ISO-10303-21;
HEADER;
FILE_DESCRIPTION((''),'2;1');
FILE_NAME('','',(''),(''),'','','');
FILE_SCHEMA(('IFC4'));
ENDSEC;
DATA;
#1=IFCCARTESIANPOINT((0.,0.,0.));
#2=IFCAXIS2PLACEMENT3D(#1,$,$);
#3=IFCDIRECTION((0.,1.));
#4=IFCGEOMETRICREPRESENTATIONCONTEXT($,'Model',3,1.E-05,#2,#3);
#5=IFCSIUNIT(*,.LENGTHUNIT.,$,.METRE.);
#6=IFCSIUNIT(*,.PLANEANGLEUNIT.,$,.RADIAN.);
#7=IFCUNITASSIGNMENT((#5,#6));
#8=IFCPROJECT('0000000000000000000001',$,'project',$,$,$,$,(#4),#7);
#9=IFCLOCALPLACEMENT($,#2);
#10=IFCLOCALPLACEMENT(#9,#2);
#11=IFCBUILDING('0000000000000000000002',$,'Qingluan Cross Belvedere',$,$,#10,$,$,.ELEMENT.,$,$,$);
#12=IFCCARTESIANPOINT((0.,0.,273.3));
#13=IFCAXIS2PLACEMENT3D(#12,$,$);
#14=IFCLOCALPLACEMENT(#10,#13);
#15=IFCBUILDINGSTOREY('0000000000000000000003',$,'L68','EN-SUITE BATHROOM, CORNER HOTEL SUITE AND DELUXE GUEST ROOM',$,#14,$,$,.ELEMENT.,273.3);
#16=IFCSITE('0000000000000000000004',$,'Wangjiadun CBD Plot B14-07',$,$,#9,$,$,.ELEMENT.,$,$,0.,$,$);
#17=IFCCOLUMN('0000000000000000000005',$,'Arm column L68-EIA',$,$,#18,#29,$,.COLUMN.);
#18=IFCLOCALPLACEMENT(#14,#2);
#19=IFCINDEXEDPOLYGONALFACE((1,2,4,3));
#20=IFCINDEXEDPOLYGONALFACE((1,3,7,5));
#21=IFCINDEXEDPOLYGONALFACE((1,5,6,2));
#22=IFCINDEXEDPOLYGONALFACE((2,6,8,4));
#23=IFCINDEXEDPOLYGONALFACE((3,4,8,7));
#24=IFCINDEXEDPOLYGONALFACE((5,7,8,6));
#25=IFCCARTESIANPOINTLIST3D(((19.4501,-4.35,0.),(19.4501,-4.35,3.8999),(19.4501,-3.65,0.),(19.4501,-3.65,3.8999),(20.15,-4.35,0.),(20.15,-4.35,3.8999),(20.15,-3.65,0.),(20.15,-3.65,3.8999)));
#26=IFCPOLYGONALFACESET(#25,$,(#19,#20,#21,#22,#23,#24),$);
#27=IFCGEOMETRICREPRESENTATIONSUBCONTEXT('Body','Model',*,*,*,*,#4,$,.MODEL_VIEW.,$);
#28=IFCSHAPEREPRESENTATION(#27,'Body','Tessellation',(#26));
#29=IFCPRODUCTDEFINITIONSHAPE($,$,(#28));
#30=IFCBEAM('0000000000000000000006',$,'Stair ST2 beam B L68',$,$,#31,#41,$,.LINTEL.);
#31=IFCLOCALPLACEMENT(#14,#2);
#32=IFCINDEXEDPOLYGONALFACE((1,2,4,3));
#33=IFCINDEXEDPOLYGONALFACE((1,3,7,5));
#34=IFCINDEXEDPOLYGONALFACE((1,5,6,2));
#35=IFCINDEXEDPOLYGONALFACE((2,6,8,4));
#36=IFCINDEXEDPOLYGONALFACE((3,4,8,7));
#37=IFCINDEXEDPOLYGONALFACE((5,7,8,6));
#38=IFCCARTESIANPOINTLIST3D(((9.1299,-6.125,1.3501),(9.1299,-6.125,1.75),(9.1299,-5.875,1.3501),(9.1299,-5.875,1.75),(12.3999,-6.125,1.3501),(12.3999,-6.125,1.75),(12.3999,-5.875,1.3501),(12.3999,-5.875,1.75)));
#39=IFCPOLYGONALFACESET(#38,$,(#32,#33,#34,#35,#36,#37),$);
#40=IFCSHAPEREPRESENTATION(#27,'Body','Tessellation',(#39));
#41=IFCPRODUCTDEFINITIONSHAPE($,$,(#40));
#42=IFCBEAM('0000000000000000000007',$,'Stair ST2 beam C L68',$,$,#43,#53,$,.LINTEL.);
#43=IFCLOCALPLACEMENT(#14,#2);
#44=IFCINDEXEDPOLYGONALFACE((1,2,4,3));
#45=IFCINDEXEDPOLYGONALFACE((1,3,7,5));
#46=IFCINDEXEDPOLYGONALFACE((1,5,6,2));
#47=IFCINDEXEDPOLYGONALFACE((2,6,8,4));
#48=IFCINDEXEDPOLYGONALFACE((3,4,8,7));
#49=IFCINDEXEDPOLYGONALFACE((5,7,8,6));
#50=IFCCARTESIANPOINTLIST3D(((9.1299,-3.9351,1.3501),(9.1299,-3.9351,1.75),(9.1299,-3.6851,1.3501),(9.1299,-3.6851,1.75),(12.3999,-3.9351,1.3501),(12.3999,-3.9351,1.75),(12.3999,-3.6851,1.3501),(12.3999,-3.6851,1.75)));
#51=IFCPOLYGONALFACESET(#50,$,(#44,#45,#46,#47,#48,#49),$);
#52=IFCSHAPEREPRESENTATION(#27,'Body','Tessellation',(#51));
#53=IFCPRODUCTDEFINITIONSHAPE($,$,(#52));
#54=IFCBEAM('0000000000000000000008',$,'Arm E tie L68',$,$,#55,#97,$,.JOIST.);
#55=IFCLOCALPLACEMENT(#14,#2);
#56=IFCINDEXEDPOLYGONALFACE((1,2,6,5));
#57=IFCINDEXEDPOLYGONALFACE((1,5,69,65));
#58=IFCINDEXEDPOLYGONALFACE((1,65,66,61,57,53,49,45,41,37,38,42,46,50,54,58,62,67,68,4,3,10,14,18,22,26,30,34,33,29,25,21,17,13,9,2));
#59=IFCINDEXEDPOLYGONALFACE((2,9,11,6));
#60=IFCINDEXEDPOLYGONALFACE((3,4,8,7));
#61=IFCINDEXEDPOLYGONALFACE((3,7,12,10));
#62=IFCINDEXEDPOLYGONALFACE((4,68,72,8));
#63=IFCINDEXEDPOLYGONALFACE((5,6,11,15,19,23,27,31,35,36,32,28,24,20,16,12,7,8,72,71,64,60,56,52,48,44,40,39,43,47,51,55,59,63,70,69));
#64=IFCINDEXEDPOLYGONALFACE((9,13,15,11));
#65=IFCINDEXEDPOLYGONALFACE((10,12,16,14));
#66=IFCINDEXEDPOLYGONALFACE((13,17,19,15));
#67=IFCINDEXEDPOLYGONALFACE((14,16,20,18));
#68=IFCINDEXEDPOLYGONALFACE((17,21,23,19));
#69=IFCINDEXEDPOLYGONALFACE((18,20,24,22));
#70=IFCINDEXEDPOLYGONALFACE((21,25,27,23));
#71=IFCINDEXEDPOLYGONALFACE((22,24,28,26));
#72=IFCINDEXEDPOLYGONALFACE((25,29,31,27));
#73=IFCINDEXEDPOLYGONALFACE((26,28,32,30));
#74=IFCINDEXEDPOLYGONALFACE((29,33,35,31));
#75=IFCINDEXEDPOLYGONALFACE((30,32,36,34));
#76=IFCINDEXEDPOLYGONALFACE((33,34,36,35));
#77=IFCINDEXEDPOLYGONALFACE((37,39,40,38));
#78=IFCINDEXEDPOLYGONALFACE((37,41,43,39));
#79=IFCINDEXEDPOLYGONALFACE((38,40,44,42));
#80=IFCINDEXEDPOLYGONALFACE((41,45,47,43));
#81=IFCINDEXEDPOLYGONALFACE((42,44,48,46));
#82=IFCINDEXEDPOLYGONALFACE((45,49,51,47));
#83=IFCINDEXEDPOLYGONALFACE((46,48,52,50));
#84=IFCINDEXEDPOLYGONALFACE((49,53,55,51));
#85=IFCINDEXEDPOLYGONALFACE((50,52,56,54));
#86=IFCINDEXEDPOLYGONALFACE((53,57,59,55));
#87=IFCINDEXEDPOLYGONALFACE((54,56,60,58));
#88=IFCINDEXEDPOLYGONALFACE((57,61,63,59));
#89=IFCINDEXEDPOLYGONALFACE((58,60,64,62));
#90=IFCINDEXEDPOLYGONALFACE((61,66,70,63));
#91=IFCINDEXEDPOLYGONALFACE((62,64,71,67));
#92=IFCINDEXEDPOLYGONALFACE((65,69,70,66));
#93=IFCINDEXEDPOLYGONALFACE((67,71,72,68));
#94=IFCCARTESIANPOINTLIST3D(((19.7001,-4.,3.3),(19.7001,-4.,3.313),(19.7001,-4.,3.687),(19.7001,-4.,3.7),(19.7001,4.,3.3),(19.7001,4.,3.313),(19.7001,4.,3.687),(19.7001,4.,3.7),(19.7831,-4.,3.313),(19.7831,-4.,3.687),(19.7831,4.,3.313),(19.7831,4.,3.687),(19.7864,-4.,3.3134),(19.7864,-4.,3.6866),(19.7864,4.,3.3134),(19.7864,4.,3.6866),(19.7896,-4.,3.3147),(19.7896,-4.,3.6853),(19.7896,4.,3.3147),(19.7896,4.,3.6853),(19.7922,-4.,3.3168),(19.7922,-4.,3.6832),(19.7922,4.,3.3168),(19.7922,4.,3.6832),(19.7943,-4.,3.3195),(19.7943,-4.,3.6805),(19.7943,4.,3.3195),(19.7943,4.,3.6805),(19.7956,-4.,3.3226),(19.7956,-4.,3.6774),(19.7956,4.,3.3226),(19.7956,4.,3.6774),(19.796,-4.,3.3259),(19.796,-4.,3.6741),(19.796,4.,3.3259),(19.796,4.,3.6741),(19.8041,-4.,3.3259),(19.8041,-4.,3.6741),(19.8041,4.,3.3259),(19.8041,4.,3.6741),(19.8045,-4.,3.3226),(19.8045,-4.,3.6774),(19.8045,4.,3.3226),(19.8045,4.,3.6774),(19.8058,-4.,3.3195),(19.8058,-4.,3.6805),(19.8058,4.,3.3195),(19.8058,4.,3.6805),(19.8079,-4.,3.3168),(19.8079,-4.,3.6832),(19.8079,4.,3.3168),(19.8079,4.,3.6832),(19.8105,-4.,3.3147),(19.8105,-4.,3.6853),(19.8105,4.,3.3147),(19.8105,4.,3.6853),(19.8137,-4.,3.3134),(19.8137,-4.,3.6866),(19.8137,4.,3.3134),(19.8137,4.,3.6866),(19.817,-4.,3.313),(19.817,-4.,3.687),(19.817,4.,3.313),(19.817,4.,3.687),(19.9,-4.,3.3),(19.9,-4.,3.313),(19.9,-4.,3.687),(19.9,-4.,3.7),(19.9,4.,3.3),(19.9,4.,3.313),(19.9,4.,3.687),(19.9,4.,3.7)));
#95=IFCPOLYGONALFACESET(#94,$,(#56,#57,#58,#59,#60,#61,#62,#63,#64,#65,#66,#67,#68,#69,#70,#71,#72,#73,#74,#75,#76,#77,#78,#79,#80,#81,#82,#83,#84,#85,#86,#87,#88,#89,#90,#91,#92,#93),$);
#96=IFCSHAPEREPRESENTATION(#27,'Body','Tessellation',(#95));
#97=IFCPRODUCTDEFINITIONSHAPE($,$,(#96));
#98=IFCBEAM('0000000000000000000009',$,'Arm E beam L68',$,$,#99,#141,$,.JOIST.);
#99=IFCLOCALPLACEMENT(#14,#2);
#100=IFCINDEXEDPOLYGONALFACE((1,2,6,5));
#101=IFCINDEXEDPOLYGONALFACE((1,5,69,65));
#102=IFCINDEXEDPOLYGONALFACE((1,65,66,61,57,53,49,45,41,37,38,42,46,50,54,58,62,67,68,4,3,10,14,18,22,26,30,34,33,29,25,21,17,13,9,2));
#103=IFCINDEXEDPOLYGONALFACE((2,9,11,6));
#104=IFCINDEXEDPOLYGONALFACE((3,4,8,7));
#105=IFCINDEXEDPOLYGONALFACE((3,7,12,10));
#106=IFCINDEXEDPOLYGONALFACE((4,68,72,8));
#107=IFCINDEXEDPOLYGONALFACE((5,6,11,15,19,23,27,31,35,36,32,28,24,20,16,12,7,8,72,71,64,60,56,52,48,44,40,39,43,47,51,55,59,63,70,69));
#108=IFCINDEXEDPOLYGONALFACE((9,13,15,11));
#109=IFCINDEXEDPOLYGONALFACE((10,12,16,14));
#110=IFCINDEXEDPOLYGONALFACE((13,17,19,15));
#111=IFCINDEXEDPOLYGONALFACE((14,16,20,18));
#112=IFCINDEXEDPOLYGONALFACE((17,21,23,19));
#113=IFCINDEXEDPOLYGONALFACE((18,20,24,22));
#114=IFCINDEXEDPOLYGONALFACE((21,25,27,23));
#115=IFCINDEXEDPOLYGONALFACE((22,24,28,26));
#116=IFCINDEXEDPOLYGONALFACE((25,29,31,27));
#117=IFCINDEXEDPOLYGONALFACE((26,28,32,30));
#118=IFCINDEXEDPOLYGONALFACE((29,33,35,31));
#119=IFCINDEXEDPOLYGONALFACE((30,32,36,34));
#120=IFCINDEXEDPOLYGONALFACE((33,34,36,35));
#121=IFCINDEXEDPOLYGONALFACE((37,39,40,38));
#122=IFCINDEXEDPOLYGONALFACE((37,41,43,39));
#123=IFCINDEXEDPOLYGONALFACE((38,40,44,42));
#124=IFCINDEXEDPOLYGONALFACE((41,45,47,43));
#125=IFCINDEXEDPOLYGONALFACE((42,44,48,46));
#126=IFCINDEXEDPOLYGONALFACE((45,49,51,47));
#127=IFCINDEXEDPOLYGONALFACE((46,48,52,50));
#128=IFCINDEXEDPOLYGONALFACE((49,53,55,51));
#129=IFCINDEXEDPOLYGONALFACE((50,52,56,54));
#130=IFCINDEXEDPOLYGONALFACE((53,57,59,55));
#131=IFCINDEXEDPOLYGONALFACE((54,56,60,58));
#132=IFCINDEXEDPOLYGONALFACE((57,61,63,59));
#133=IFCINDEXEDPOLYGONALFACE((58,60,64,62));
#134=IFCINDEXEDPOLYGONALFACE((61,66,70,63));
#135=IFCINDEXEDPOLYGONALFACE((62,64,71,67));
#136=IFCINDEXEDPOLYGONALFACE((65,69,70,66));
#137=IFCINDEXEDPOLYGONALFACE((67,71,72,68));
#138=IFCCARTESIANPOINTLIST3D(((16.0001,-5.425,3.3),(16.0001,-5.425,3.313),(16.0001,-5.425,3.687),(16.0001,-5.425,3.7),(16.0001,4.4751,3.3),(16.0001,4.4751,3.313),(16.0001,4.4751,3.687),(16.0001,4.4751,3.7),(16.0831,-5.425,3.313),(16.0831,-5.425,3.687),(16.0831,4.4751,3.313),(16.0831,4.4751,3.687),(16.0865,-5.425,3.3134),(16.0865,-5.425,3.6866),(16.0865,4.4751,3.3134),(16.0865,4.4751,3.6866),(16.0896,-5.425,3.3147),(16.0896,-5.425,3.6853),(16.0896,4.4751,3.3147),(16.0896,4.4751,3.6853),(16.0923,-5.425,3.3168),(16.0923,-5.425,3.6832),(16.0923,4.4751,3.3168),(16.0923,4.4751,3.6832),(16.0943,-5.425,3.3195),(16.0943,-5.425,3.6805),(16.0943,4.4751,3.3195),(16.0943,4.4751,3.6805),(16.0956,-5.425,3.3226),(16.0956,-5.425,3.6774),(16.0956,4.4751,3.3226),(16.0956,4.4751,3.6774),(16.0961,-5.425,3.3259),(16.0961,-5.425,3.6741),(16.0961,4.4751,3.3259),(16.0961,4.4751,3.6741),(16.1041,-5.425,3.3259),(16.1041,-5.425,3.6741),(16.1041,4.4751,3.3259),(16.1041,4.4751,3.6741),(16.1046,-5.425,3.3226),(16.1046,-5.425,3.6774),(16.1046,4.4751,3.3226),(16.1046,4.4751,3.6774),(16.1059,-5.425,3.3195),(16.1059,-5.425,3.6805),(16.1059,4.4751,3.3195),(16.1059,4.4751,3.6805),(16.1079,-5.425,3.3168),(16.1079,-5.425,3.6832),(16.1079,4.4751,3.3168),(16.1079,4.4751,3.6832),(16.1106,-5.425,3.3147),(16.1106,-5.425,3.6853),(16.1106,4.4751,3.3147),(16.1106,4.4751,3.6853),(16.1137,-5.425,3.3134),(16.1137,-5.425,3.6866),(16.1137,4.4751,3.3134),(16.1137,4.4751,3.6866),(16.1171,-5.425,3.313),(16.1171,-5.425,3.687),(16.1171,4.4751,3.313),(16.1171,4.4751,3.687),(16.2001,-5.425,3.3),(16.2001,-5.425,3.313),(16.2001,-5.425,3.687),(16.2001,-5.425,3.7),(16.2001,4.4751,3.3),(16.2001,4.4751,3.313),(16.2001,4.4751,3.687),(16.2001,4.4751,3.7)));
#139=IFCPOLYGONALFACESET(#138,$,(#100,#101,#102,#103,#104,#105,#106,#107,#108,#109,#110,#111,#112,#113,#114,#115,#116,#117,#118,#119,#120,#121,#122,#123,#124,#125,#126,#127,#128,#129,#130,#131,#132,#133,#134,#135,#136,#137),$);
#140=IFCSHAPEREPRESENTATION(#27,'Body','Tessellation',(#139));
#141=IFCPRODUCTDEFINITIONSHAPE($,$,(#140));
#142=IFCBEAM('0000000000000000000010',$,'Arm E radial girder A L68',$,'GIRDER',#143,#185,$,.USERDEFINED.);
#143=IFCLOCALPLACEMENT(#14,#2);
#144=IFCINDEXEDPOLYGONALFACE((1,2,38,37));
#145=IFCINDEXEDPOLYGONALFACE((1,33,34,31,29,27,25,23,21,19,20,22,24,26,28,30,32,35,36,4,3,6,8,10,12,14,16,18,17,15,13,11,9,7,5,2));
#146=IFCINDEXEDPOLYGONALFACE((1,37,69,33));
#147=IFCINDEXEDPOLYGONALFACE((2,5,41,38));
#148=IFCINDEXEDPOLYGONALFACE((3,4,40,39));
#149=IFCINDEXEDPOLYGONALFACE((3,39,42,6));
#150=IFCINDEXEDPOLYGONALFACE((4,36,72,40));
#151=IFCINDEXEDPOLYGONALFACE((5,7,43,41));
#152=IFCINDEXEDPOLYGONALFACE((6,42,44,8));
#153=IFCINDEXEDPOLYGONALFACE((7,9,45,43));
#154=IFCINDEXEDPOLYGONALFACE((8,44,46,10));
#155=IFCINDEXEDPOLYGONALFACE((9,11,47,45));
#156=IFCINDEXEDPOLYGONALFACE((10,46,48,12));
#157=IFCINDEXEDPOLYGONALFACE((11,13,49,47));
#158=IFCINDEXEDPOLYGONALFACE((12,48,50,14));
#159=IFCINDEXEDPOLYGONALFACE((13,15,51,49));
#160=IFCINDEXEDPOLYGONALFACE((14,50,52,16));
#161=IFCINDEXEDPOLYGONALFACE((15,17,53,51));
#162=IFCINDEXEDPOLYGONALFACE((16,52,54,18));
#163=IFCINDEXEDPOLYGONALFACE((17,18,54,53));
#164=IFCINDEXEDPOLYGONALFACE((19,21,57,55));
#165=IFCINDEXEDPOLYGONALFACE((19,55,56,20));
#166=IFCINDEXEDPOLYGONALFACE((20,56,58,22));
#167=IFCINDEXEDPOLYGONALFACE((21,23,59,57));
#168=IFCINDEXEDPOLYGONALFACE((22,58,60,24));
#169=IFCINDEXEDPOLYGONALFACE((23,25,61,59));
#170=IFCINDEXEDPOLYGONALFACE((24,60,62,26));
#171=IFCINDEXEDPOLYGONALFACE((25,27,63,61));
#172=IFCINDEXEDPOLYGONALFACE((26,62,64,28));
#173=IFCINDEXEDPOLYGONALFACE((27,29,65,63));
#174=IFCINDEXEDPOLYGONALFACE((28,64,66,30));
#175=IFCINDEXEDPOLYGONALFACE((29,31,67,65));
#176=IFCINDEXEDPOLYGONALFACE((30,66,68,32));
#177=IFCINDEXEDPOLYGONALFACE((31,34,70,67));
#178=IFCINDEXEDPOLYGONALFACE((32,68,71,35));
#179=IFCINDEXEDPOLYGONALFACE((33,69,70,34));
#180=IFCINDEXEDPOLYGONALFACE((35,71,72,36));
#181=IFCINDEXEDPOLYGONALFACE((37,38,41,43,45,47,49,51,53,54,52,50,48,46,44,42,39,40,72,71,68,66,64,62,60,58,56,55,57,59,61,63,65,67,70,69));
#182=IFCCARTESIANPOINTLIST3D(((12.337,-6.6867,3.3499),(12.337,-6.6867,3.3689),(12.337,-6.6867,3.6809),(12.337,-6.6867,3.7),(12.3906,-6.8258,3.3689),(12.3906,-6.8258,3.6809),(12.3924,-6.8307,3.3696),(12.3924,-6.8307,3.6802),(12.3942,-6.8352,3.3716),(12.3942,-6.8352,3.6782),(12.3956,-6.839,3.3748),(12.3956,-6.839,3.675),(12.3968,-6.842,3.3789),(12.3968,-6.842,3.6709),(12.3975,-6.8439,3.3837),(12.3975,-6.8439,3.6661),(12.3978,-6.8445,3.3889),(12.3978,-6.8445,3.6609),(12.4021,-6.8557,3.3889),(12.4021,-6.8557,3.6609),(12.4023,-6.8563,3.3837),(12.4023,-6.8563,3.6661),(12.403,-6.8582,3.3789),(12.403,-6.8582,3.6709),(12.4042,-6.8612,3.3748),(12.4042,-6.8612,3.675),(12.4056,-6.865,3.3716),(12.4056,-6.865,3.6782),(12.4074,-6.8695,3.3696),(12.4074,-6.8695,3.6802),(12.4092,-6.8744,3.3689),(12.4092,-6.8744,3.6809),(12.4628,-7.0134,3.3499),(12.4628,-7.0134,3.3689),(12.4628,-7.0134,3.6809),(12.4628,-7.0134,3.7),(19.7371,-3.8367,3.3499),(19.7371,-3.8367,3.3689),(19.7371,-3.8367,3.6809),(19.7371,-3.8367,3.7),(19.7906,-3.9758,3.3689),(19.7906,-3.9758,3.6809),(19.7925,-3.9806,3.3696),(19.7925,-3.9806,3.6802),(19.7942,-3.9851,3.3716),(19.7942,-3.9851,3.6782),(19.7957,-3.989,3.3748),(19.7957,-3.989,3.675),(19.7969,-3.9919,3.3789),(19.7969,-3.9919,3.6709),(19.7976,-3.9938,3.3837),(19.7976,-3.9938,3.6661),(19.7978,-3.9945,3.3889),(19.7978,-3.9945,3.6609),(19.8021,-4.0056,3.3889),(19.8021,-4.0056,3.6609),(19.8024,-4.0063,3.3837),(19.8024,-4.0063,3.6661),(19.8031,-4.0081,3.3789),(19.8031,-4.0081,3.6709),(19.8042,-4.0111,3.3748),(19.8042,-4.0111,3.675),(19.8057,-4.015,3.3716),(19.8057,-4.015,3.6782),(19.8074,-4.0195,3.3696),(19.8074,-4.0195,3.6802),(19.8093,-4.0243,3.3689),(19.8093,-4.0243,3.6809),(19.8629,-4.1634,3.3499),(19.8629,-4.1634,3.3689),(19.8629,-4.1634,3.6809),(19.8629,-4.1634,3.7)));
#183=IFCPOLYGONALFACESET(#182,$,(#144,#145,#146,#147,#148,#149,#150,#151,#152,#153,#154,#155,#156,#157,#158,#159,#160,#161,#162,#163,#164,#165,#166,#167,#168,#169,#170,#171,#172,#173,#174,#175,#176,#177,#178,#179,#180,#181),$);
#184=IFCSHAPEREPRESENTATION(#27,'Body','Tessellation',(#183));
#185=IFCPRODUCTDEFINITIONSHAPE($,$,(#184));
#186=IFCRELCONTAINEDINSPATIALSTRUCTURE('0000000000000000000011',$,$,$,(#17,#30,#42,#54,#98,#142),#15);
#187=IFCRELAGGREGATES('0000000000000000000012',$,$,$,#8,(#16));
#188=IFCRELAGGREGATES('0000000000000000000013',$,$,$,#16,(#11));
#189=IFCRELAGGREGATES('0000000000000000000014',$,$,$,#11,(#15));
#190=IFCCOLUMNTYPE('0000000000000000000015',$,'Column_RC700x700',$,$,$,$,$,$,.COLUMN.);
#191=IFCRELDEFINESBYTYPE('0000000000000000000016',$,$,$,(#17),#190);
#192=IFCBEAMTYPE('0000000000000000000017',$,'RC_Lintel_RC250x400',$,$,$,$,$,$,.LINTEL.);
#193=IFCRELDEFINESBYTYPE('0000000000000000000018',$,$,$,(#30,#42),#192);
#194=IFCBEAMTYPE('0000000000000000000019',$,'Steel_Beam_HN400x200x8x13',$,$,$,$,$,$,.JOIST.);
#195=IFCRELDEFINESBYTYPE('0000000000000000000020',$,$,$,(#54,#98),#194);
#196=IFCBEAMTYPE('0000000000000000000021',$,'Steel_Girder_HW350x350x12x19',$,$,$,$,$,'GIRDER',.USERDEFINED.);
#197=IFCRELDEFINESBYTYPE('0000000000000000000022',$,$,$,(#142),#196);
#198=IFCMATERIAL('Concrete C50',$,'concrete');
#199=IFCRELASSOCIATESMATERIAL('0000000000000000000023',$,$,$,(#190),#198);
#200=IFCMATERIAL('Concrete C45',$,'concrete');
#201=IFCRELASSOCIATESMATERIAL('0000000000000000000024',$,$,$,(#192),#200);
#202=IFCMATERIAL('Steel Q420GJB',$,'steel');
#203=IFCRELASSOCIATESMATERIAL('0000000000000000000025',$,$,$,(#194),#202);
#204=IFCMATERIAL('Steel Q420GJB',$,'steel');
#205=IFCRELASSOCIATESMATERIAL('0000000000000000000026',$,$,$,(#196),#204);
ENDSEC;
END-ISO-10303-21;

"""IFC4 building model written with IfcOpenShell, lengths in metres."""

from ifc_helpers import new_model, si_unit, direction, frame, origin, origin_2d, place, context, subcontext, project, spatial, rectangle, i_section, extrude, material, material_profile, profile_set, type_object, element, save


model = new_model("IFC4")

# Units and contexts
model_context = context("Model", 3, precision=1e-05, world=origin(), true_north=direction((0.0, 1.0)))
body_context = subcontext(model_context, "Body", "Model", "MODEL_VIEW")
ifc_project = project(units=[si_unit("LENGTHUNIT", "METRE"), si_unit("PLANEANGLEUNIT", "RADIAN")], contexts=[model_context])

# Site, building, storey
site_placement = place(None, origin())
site = spatial("IfcSite", under=ifc_project, at=site_placement, Name="Wangjiadun CBD Plot B14-07", CompositionType="ELEMENT", RefElevation=0.0)
building_placement = place(site_placement, origin())
building = spatial("IfcBuilding", under=site, at=building_placement, Name="Qingluan Cross Belvedere", CompositionType="ELEMENT")
storey_placement = place(building_placement, frame((0.0, 0.0, 273.3)))
storey = spatial("IfcBuildingStorey", under=building, at=storey_placement, Name="L68", Description="EN-SUITE BATHROOM, CORNER HOTEL SUITE AND DELUXE GUEST ROOM", CompositionType="ELEMENT", Elevation=273.3)

# Column
ifc_material_1 = material(Name="Concrete C50", Category="concrete")
ifc_material_profile_1 = material_profile(ifc_material_1, rectangle(XDim=0.7, YDim=0.7, at=origin_2d()), Name="RC700x700")
ifc_profile_set_1 = profile_set([ifc_material_profile_1], Name="Concrete C50")
column_type = type_object("IfcColumnType", Name="Column_RC700x700", PredefinedType="COLUMN", material=ifc_profile_set_1)
column_placement = place(storey_placement, frame((19.8, -4.0, 0.0), z_axis=(0.0, 0.0, 1.0), x_axis=(1.0, 0.0, 0.0)))
element("IfcColumn", 1, at=column_placement, inside=storey, type_object=column_type, Name="Arm column L68-EIA", PredefinedType="COLUMN", context=body_context, shape_type="SweptSolid", body=[
    extrude(rectangle(XDim=0.7, YDim=0.7, at=origin_2d()), origin(), (0.0, 0.0, 1.0), 3.8999),
])

# Beams
ifc_material_2 = material(Name="Concrete C45", Category="concrete")
ifc_material_profile_2 = material_profile(ifc_material_2, rectangle(XDim=0.25, YDim=0.3999, at=origin_2d()), Name="RC250x400")
ifc_profile_set_2 = profile_set([ifc_material_profile_2], Name="Concrete C45")
beam_type_1 = type_object("IfcBeamType", Name="RC_Lintel_RC250x400", PredefinedType="LINTEL", material=ifc_profile_set_2)
for number, where, z_axis, x_axis, name in (
    (2, (12.3999, -6.0, 1.55), (-1.0, 0.0, 0.0), (0.0, -1.0, 0.0), "Stair ST2 beam B L68"),
    (3, (12.3999, -3.8101, 1.55), (-1.0, 0.0, 0.0), (0.0, -1.0, 0.0), "Stair ST2 beam C L68"),
):
    element("IfcBeam", number, at=place(storey_placement, frame(where, z_axis=z_axis, x_axis=x_axis)), inside=storey, type_object=beam_type_1, Name=name, PredefinedType="LINTEL", context=body_context, shape_type="SweptSolid", body=[
        extrude(rectangle(XDim=0.25, YDim=0.3999, at=origin_2d()), origin(), (0.0, 0.0, 1.0), 3.27),
    ])
ifc_material_3 = material(Name="Steel Q420GJB", Category="steel")
ifc_material_profile_3 = material_profile(ifc_material_3, i_section(OverallWidth=0.2, OverallDepth=0.3999, WebThickness=0.0081, FlangeThickness=0.0129, FilletRadius=0.0129, at=origin_2d()), Name="HN400x200x8x13")
ifc_profile_set_3 = profile_set([ifc_material_profile_3], Name="Steel Q420GJB")
beam_type_2 = type_object("IfcBeamType", Name="Steel_Beam_HN400x200x8x13", PredefinedType="JOIST", material=ifc_profile_set_3)
beam_1_placement = place(storey_placement, frame((19.8, -4.0, 3.5), z_axis=(0.0, 1.0, 0.0), x_axis=(-1.0, 0.0, 0.0)))
element("IfcBeam", 4, at=beam_1_placement, inside=storey, type_object=beam_type_2, Name="Arm E tie L68", PredefinedType="JOIST", context=body_context, shape_type="SweptSolid", body=[
    extrude(i_section(OverallWidth=0.2, OverallDepth=0.3999, WebThickness=0.0081, FlangeThickness=0.0129, FilletRadius=0.0129, at=origin_2d()), origin(), (0.0, 0.0, 1.0), 8.0),
])
beam_2_placement = place(storey_placement, frame((16.1001, -5.425, 3.5), z_axis=(0.0, 1.0, 0.0), x_axis=(-1.0, 0.0, 0.0)))
element("IfcBeam", 5, at=beam_2_placement, inside=storey, type_object=beam_type_2, Name="Arm E beam L68", PredefinedType="JOIST", context=body_context, shape_type="SweptSolid", body=[
    extrude(i_section(OverallWidth=0.2, OverallDepth=0.3999, WebThickness=0.0081, FlangeThickness=0.0129, FilletRadius=0.0129, at=origin_2d()), origin(), (0.0, 0.0, 1.0), 9.9001),
])
ifc_material_4 = material(Name="Steel Q420GJB", Category="steel")
ifc_material_profile_4 = material_profile(ifc_material_4, i_section(OverallWidth=0.3501, OverallDepth=0.3501, WebThickness=0.012, FlangeThickness=0.019, FilletRadius=0.02, at=origin_2d()), Name="HW350x350x12x19")
ifc_profile_set_4 = profile_set([ifc_material_profile_4], Name="Steel Q420GJB")
beam_type_3 = type_object("IfcBeamType", Name="Steel_Girder_HW350x350x12x19", ElementType="GIRDER", PredefinedType="USERDEFINED", material=ifc_profile_set_4)
beam_3_placement = place(storey_placement, frame((12.3999, -6.8501, 3.5249), z_axis=(0.933181, 0.359406, 0.0), x_axis=(-0.359406, 0.933181, 0.0)))
element("IfcBeam", 6, at=beam_3_placement, inside=storey, type_object=beam_type_3, Name="Arm E radial girder A L68", ObjectType="GIRDER", PredefinedType="USERDEFINED", context=body_context, shape_type="SweptSolid", body=[
    extrude(i_section(OverallWidth=0.3501, OverallDepth=0.3501, WebThickness=0.012, FlangeThickness=0.019, FilletRadius=0.02, at=origin_2d()), origin(), (0.0, 0.0, 1.0), 7.9299),
])

save(model, "model.ifc")
